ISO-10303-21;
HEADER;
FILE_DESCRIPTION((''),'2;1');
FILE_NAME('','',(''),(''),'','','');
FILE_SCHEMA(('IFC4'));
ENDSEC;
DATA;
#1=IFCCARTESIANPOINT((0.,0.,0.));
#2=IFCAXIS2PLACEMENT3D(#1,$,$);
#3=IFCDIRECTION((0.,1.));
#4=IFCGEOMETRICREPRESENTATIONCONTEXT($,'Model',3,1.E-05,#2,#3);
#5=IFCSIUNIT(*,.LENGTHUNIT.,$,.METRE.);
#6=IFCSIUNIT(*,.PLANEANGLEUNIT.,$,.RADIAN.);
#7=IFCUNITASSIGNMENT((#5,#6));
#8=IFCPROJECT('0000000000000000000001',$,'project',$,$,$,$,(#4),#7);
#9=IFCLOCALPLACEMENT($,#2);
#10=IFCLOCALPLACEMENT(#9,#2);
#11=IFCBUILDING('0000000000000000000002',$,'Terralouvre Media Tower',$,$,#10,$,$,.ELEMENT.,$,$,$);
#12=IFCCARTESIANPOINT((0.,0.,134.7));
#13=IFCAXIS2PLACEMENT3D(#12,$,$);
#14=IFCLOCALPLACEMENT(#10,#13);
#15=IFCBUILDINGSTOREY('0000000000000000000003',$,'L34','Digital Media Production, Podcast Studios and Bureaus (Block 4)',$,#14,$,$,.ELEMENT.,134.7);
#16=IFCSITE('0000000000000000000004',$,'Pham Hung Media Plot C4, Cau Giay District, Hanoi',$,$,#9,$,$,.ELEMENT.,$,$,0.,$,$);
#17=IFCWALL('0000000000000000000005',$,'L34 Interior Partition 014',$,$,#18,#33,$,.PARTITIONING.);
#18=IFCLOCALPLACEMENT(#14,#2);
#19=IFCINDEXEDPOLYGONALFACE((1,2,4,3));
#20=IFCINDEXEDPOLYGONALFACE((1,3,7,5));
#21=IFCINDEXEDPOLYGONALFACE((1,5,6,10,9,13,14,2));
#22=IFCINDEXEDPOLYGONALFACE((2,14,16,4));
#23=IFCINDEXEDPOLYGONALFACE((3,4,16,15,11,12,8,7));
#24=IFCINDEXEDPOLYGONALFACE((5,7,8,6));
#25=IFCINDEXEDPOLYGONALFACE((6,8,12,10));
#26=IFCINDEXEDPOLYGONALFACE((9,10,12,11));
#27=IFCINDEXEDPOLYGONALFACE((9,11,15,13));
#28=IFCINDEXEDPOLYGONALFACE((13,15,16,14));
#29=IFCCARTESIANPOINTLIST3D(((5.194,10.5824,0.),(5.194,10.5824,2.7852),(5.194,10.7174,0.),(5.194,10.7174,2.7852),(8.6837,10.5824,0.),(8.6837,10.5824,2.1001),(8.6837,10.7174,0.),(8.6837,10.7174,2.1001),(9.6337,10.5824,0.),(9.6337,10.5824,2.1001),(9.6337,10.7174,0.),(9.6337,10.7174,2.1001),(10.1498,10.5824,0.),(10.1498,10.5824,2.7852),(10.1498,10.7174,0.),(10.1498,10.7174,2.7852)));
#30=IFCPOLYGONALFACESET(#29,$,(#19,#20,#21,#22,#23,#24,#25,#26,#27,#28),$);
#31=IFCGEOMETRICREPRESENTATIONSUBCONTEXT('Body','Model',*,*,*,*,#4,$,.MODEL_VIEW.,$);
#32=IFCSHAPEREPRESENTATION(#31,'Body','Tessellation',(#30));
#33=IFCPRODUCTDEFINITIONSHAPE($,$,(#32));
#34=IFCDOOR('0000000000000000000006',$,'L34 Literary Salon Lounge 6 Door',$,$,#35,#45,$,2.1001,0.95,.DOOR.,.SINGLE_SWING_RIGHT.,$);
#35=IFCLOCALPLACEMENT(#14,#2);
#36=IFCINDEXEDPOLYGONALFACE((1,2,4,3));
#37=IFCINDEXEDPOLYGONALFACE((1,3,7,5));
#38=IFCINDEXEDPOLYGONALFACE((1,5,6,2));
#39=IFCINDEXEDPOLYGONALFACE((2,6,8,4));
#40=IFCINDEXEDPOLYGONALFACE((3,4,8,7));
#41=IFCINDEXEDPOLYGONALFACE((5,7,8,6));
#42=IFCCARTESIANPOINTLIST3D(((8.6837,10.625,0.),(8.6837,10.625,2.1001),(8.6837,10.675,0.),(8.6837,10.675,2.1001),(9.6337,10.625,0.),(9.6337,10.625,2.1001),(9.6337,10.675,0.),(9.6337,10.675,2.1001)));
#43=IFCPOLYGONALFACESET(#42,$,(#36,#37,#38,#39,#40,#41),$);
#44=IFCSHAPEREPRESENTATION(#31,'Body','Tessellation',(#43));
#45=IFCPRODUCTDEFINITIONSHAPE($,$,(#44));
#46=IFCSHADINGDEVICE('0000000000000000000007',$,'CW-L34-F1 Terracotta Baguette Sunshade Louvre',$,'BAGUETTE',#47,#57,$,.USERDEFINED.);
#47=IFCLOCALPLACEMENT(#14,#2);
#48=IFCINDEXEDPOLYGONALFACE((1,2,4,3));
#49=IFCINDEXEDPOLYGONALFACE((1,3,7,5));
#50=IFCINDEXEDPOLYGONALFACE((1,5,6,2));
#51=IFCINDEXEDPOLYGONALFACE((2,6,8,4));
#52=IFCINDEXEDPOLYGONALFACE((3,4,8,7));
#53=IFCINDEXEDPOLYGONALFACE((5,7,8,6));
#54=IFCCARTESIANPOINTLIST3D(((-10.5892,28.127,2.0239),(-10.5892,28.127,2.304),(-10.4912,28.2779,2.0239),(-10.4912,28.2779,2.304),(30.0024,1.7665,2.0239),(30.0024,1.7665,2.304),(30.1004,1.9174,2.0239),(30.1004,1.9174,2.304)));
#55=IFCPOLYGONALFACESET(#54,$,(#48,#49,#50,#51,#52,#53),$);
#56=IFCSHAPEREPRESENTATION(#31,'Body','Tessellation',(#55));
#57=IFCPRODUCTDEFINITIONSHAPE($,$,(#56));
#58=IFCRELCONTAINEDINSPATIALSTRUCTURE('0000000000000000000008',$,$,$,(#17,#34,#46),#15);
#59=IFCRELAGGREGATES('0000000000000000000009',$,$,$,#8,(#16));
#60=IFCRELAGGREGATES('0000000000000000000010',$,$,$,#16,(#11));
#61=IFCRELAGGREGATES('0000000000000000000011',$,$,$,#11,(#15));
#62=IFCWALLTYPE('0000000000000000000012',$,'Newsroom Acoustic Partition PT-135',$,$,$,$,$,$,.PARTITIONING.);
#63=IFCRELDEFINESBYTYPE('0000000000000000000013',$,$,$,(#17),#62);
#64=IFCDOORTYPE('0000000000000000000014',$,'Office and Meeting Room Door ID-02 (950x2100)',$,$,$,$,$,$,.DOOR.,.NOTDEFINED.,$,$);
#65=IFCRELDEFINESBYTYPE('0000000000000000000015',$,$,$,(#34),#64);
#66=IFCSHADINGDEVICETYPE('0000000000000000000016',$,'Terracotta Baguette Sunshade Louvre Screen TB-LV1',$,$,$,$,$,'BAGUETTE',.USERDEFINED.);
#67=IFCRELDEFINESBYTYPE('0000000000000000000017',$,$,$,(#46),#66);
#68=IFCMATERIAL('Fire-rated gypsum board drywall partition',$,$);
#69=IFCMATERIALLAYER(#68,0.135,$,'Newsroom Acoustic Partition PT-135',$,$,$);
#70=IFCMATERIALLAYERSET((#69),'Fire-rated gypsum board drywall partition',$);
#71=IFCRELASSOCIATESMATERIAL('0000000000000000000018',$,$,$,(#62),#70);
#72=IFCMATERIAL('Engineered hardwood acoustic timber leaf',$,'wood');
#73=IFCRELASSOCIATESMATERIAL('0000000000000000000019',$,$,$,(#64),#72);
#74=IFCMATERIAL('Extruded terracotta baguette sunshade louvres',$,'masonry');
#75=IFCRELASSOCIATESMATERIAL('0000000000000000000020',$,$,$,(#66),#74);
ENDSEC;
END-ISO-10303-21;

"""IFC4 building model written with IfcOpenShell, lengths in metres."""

from ifc_helpers import new_model, si_unit, direction, frame, frame_2d, origin, origin_2d, place, context, subcontext, project, spatial, rectangle, extrude, material, layer, layer_set, type_object, element, fill, save


model = new_model("IFC4")

# Units and contexts
model_context = context("Model", 3, precision=1e-05, world=origin(), true_north=direction((0.0, 1.0)))
body_context = subcontext(model_context, "Body", "Model", "MODEL_VIEW")
ifc_project = project(units=[si_unit("LENGTHUNIT", "METRE"), si_unit("PLANEANGLEUNIT", "RADIAN")], contexts=[model_context])

# Site, building, storey
site_placement = place(None, origin())
site = spatial("IfcSite", under=ifc_project, at=site_placement, Name="Pham Hung Media Plot C4, Cau Giay District, Hanoi", CompositionType="ELEMENT", RefElevation=0.0)
building_placement = place(site_placement, origin())
building = spatial("IfcBuilding", under=site, at=building_placement, Name="Terralouvre Media Tower", CompositionType="ELEMENT")
storey_placement = place(building_placement, frame((0.0, 0.0, 134.7)))
storey = spatial("IfcBuildingStorey", under=building, at=storey_placement, Name="L34", Description="Digital Media Production, Podcast Studios and Bureaus (Block 4)", CompositionType="ELEMENT", Elevation=134.7)

# Shared definitions
ifc_material_1 = material(Name="Fire-rated gypsum board drywall partition")
ifc_layer_1 = layer(ifc_material_1, 0.135, Name="Newsroom Acoustic Partition PT-135")
ifc_layer_set_1 = layer_set([ifc_layer_1], Name="Fire-rated gypsum board drywall partition")
wall_type = type_object("IfcWallType", Name="Newsroom Acoustic Partition PT-135", PredefinedType="PARTITIONING", material=ifc_layer_set_1)

# Wall, opening, door
wall_1_placement = place(storey_placement, frame((10.1499, 10.6499, 0.0), z_axis=(0.0, 0.0, 1.0), x_axis=(-1.0, 0.0, 0.0)))
wall_1 = element("IfcWall", 1, at=wall_1_placement, inside=storey, type_object=wall_type, Name="L34 Interior Partition 014", PredefinedType="PARTITIONING", context=body_context, shape_type="SweptSolid", body=[
    extrude(rectangle(XDim=4.9558, YDim=0.135, at=frame_2d((2.478, 0.0))), origin(), (0.0, 0.0, 1.0), 2.7852),
])
opening_placement = place(wall_1_placement, frame((0.5161, 0.0, 0.0)))
opening = element("IfcOpeningElement", 2, at=opening_placement, cuts=wall_1, PredefinedType="OPENING", context=body_context, shape_type="SweptSolid", body=[
    extrude(rectangle(XDim=0.95, YDim=2.1001, at=frame_2d((0.4751, 1.05))), frame((0.0, 0.0774, 0.0), z_axis=(0.0, -1.0, 0.0), x_axis=(1.0, 0.0, 0.0)), (0.0, 0.0, 1.0), 0.155),
])
ifc_material_2 = material(Name="Engineered hardwood acoustic timber leaf", Category="wood")
door_type = type_object("IfcDoorType", Name="Office and Meeting Room Door ID-02 (950x2100)", OperationType="NOTDEFINED", PredefinedType="DOOR", material=ifc_material_2)
door_placement = place(opening_placement, origin())
door = element("IfcDoor", 3, at=door_placement, inside=storey, type_object=door_type, Name="L34 Literary Salon Lounge 6 Door", OperationType="SINGLE_SWING_RIGHT", OverallHeight=2.1001, OverallWidth=0.95, PredefinedType="DOOR", context=body_context, shape_type="SweptSolid", body=[
    extrude(rectangle(XDim=0.95, YDim=2.1001, at=frame_2d((0.4751, 1.05))), frame((0.0, 0.0249, 0.0), z_axis=(0.0, -1.0, 0.0), x_axis=(1.0, 0.0, 0.0)), (0.0, 0.0, 1.0), 0.05),
])
fill(opening, door)

# Shading device
ifc_material_3 = material(Name="Extruded terracotta baguette sunshade louvres", Category="masonry")
shading_device_type = type_object("IfcShadingDeviceType", Name="Terracotta Baguette Sunshade Louvre Screen TB-LV1", ElementType="BAGUETTE", PredefinedType="USERDEFINED", material=ifc_material_3)
shading_device_placement = place(storey_placement, frame((9.7556, 15.0222, 2.0239), z_axis=(0.0, 0.0, 1.0), x_axis=(-0.838671, 0.544639, 0.0)))
element("IfcShadingDevice", 4, at=shading_device_placement, inside=storey, type_object=shading_device_type, Name="CW-L34-F1 Terracotta Baguette Sunshade Louvre", ObjectType="BAGUETTE", PredefinedType="USERDEFINED", context=body_context, shape_type="SweptSolid", body=[
    extrude(rectangle(XDim=48.3999, YDim=0.1799, at=origin_2d()), origin(), (0.0, 0.0, 1.0), 0.28),
])

save(model, "model.ifc")
